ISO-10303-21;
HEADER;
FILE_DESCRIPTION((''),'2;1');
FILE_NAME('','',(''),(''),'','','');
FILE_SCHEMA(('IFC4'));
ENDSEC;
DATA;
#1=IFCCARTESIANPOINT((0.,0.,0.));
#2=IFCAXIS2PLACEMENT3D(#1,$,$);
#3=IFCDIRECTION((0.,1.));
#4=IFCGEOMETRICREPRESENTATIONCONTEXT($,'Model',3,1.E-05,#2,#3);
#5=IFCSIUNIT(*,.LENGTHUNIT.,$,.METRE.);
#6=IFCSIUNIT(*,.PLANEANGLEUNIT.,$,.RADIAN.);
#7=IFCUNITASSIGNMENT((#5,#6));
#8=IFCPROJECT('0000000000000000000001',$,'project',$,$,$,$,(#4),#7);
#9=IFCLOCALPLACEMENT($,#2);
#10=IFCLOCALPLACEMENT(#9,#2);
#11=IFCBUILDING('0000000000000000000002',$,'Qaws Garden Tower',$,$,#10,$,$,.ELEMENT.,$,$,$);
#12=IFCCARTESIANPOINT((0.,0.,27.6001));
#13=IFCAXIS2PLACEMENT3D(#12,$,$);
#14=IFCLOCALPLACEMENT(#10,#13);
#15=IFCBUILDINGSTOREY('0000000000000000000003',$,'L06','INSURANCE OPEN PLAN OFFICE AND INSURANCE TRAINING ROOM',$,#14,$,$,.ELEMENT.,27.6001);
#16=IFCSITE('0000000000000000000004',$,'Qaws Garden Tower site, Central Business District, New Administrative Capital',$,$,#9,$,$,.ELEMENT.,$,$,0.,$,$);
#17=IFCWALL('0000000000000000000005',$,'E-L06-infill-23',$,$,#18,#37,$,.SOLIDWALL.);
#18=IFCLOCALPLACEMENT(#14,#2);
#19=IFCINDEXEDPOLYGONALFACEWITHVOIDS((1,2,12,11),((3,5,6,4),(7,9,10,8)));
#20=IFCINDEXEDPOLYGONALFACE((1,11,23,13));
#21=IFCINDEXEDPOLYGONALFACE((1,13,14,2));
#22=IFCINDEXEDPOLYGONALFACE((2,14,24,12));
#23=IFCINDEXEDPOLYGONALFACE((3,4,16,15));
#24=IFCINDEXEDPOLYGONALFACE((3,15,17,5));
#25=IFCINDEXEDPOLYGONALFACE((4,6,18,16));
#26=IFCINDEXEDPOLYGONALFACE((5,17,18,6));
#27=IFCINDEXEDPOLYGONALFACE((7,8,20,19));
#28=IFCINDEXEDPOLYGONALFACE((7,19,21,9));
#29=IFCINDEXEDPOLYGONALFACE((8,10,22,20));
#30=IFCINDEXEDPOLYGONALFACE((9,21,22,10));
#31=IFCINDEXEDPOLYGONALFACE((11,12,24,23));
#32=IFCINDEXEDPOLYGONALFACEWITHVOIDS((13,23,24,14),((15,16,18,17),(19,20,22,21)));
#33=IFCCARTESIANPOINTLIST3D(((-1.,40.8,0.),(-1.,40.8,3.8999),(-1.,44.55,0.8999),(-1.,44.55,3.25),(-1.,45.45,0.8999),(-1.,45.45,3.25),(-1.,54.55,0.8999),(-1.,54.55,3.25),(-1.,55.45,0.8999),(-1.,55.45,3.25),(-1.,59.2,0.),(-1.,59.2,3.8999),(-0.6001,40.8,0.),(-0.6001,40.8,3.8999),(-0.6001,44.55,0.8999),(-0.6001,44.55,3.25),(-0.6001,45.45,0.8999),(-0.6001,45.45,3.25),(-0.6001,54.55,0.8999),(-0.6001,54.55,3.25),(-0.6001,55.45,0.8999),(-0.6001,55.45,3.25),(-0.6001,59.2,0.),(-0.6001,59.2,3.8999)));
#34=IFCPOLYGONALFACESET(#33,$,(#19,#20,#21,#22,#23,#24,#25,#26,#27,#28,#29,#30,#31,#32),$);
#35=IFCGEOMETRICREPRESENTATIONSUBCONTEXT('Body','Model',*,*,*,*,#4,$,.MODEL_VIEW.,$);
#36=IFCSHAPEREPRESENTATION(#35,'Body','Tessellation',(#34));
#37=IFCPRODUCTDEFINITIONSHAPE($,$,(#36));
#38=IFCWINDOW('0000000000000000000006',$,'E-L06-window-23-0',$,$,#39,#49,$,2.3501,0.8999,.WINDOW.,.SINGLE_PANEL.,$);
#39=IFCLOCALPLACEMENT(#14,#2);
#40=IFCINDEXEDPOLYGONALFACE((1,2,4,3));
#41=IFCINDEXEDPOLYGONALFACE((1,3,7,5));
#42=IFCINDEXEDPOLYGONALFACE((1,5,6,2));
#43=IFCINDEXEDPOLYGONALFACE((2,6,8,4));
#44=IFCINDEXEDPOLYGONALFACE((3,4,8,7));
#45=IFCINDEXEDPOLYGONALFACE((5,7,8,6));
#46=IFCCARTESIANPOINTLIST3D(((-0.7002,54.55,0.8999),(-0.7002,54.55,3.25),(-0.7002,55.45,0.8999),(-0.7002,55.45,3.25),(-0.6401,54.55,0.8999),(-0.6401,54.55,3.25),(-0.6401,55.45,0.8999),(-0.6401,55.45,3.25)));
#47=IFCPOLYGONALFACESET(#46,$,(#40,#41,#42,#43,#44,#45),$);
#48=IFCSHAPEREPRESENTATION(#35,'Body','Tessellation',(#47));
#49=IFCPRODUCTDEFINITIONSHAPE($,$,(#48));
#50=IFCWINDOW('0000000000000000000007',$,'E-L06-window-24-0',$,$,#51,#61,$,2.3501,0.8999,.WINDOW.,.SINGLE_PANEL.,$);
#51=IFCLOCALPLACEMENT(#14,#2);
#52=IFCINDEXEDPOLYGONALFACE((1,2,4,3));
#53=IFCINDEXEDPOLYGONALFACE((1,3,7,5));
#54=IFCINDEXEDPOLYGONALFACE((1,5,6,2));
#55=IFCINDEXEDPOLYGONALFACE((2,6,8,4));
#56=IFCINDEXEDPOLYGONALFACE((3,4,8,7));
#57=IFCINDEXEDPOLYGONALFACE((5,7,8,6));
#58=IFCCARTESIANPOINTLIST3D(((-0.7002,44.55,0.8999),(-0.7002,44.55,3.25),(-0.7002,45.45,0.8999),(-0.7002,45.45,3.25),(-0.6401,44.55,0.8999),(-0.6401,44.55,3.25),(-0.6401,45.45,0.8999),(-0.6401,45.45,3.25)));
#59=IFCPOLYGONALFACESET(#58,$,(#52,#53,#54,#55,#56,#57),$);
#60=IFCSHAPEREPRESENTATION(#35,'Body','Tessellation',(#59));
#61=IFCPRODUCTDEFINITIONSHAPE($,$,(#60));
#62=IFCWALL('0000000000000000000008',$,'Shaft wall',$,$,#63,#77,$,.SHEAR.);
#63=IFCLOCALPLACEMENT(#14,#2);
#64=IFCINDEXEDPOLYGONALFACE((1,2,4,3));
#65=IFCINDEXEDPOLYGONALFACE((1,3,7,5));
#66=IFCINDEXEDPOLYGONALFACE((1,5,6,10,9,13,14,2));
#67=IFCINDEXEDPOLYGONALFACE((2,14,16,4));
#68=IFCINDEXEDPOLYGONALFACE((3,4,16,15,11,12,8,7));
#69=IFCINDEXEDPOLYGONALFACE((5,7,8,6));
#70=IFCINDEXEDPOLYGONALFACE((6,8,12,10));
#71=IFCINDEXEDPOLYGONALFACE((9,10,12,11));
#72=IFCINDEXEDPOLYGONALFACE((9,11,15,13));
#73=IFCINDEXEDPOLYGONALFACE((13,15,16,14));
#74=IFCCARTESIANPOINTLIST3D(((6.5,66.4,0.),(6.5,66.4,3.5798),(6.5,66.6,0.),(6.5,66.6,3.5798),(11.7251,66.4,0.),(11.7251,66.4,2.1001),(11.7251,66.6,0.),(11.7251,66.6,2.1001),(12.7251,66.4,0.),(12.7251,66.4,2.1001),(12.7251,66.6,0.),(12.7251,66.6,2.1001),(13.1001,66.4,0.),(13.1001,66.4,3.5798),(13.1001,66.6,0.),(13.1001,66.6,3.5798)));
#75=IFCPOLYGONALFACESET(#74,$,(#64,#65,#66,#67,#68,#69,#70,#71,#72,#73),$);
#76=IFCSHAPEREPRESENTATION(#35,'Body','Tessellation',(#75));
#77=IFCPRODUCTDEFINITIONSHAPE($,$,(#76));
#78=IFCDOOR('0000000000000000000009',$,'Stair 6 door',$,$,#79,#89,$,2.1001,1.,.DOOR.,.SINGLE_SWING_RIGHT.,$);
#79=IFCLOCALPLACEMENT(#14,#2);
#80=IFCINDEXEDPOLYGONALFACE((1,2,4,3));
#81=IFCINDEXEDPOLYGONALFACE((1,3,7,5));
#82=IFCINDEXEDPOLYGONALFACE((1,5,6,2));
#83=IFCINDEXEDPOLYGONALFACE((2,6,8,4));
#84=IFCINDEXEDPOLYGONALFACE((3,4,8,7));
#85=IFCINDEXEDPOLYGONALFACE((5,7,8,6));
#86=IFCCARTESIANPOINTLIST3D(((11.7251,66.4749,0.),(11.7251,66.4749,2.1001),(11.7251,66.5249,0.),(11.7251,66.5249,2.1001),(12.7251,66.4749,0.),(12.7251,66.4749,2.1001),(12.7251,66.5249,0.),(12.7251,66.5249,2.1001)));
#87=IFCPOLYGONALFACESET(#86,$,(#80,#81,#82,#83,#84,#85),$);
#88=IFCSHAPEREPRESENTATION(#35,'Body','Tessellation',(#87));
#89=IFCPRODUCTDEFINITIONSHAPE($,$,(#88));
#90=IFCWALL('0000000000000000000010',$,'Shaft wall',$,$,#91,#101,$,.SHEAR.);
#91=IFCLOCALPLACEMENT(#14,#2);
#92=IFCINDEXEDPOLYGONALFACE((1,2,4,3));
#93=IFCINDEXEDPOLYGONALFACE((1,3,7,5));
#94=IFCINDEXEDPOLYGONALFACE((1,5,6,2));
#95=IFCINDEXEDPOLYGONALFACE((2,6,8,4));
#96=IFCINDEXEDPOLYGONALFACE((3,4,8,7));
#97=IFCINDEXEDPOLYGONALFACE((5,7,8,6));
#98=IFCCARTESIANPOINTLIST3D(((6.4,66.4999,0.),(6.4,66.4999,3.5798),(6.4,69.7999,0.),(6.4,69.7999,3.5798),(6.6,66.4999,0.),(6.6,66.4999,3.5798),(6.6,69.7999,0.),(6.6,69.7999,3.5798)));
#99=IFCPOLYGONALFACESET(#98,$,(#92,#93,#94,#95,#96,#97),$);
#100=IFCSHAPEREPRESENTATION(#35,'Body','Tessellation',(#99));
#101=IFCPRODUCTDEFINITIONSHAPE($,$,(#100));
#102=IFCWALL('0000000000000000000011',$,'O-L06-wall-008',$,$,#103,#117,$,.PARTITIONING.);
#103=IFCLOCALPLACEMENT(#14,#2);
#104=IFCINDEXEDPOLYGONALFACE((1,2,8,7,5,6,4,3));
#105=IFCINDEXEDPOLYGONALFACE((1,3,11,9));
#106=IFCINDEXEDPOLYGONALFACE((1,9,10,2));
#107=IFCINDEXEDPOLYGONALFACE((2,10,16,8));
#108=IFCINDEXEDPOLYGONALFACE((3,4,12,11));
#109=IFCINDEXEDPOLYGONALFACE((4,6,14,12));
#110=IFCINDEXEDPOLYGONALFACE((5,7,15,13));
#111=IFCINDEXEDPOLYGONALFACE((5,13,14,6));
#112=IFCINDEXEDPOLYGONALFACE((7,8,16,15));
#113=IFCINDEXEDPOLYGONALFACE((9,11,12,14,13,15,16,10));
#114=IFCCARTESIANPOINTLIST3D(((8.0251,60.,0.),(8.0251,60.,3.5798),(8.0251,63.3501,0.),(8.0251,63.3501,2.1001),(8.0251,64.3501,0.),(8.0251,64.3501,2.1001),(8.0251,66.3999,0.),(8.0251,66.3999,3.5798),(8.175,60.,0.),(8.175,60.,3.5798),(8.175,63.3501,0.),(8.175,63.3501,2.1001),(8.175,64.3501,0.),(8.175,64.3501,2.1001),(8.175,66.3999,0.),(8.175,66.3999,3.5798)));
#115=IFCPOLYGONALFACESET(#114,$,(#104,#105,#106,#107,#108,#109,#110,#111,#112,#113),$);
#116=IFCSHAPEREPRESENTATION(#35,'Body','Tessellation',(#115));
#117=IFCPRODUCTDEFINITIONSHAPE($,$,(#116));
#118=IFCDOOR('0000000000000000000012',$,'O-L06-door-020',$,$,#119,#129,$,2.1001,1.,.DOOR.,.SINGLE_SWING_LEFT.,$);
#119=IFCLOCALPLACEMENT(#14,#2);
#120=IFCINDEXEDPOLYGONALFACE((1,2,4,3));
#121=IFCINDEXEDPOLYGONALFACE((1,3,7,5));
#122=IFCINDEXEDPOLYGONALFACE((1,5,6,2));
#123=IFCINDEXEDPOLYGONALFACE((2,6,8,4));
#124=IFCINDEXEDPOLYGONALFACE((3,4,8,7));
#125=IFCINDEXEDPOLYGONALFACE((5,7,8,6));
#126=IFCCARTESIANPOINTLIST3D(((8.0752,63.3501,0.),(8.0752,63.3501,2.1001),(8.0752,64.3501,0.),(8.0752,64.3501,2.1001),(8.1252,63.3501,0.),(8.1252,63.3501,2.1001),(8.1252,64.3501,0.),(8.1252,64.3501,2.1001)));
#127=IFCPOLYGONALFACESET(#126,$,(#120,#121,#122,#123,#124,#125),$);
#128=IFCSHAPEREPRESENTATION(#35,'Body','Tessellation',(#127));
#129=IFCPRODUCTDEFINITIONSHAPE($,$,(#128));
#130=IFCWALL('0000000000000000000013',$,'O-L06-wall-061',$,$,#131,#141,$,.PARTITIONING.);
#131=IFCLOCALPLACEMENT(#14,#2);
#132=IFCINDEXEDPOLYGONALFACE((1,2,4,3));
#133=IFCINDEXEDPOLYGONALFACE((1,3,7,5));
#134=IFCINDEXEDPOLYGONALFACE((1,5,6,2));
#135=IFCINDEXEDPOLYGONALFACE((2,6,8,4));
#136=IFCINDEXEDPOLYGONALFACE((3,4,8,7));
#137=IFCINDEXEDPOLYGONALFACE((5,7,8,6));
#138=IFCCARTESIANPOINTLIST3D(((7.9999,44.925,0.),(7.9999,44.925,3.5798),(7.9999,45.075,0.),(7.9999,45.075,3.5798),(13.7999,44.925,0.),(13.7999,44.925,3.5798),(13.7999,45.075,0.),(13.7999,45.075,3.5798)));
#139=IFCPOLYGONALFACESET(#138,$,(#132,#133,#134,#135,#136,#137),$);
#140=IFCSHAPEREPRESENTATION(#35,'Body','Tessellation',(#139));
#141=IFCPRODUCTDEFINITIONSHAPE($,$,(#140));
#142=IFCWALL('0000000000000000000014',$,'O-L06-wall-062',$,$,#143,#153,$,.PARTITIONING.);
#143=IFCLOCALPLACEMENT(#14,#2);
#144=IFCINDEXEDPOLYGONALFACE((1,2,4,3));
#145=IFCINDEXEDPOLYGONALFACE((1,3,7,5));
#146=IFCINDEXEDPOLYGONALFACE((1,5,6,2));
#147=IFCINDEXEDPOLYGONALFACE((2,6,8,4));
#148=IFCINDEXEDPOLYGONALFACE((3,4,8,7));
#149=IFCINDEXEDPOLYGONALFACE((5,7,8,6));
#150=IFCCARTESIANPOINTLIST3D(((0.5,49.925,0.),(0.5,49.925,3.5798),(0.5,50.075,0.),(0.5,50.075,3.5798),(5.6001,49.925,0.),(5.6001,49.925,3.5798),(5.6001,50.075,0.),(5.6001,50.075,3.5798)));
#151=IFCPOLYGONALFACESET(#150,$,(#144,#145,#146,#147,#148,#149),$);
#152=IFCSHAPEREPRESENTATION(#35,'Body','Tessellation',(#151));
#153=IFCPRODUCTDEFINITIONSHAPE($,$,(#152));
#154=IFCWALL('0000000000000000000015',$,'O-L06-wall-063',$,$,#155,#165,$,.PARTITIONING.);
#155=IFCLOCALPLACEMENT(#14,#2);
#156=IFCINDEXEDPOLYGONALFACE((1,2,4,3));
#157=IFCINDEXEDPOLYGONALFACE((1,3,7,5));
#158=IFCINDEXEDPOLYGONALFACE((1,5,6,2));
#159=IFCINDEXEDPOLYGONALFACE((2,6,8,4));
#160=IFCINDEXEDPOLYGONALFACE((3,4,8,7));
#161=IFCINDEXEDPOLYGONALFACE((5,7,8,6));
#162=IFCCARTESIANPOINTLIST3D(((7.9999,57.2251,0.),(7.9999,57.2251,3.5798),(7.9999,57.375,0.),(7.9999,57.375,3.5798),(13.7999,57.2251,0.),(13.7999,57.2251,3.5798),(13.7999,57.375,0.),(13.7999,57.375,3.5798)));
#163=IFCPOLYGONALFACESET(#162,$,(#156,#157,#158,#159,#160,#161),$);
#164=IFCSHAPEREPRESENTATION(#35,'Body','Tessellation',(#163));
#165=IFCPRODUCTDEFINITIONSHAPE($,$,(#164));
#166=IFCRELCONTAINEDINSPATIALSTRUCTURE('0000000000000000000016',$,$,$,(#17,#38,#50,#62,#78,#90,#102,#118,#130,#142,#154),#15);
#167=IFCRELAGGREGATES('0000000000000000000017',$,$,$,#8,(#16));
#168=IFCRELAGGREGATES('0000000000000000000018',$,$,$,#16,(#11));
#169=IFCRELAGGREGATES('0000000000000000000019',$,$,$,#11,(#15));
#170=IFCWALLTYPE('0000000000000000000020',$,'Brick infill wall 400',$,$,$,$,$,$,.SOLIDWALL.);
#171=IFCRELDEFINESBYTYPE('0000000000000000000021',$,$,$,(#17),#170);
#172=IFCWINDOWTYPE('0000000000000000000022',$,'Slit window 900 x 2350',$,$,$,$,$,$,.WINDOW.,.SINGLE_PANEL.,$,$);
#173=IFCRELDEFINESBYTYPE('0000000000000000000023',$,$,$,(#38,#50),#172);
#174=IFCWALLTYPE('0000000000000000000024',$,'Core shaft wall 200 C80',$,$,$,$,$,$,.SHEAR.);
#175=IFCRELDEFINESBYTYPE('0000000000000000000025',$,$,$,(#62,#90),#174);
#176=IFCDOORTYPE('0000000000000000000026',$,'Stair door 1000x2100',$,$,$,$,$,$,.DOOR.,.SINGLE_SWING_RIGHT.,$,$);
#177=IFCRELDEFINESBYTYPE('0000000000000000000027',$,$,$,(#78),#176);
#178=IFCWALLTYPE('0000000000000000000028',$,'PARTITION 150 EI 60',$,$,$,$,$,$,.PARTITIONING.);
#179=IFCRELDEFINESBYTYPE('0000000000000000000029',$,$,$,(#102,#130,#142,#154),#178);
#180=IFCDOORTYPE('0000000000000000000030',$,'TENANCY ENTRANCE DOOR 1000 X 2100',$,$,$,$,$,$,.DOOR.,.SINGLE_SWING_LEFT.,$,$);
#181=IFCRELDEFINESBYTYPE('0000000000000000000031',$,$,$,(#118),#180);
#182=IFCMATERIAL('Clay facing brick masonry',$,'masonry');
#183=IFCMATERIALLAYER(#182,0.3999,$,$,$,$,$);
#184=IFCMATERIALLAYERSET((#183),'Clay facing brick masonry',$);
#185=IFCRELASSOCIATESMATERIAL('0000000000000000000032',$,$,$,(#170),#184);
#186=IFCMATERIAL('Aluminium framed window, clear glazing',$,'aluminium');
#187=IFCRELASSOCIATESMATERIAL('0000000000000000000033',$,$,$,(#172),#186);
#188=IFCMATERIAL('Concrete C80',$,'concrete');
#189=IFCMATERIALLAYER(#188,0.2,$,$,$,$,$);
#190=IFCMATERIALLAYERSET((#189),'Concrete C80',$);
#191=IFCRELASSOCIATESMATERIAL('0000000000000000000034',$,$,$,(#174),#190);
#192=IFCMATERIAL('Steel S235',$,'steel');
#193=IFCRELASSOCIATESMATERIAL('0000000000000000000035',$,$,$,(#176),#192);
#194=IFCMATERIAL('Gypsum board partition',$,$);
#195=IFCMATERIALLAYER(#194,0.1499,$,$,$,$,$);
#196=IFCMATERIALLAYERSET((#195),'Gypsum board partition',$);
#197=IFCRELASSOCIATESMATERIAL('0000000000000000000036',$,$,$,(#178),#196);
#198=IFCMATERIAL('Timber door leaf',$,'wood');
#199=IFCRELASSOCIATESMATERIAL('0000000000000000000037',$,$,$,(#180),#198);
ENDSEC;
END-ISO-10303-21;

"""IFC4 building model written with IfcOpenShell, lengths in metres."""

from ifc_helpers import new_model, si_unit, direction, frame, frame_2d, origin, place, context, subcontext, project, spatial, rectangle, extrude, material, layer, layer_set, type_object, element, fill, save


model = new_model("IFC4")

# Units and contexts
model_context = context("Model", 3, precision=1e-05, world=origin(), true_north=direction((0.0, 1.0)))
body_context = subcontext(model_context, "Body", "Model", "MODEL_VIEW")
ifc_project = project(units=[si_unit("LENGTHUNIT", "METRE"), si_unit("PLANEANGLEUNIT", "RADIAN")], contexts=[model_context])

# Site, building, storey
site_placement = place(None, origin())
site = spatial("IfcSite", under=ifc_project, at=site_placement, Name="Qaws Garden Tower site, Central Business District, New Administrative Capital", CompositionType="ELEMENT", RefElevation=0.0)
building_placement = place(site_placement, origin())
building = spatial("IfcBuilding", under=site, at=building_placement, Name="Qaws Garden Tower", CompositionType="ELEMENT")
storey_placement = place(building_placement, frame((0.0, 0.0, 27.6001)))
storey = spatial("IfcBuildingStorey", under=building, at=storey_placement, Name="L06", Description="INSURANCE OPEN PLAN OFFICE AND INSURANCE TRAINING ROOM", CompositionType="ELEMENT", Elevation=27.6001)

# Shared definitions
ifc_material_1 = material(Name="Clay facing brick masonry", Category="masonry")
ifc_layer_1 = layer(ifc_material_1, 0.3999)
ifc_layer_set_1 = layer_set([ifc_layer_1], Name="Clay facing brick masonry")
wall_type_1 = type_object("IfcWallType", Name="Brick infill wall 400", PredefinedType="SOLIDWALL", material=ifc_layer_set_1)

# Wall, openings, windows
wall_1_placement = place(storey_placement, frame((-0.8, 59.2, 0.0), z_axis=(0.0, 0.0, 1.0), x_axis=(0.0, -1.0, 0.0)))
wall_1 = element("IfcWall", 1, at=wall_1_placement, inside=storey, type_object=wall_type_1, Name="E-L06-infill-23", PredefinedType="SOLIDWALL", context=body_context, shape_type="SweptSolid", body=[
    extrude(rectangle(XDim=18.3999, YDim=0.3999, at=frame_2d((9.2, 0.0))), origin(), (0.0, 0.0, 1.0), 3.8999),
])
opening_1_placement = place(wall_1_placement, frame((3.75, 0.0, 0.8999)))
opening_1 = element("IfcOpeningElement", 2, at=opening_1_placement, cuts=wall_1, PredefinedType="OPENING", context=body_context, shape_type="SweptSolid", body=[
    extrude(rectangle(XDim=0.8999, YDim=2.3501, at=frame_2d((0.45, 1.175))), frame((0.0, 0.21, 0.0), z_axis=(0.0, -1.0, 0.0), x_axis=(1.0, 0.0, 0.0)), (0.0, 0.0, 1.0), 0.4199),
])
opening_2_placement = place(wall_1_placement, frame((13.75, 0.0, 0.8999)))
opening_2 = element("IfcOpeningElement", 3, at=opening_2_placement, cuts=wall_1, PredefinedType="OPENING", context=body_context, shape_type="SweptSolid", body=[
    extrude(rectangle(XDim=0.8999, YDim=2.3501, at=frame_2d((0.45, 1.175))), frame((0.0, 0.21, 0.0), z_axis=(0.0, -1.0, 0.0), x_axis=(1.0, 0.0, 0.0)), (0.0, 0.0, 1.0), 0.4199),
])
ifc_material_2 = material(Name="Aluminium framed window, clear glazing", Category="aluminium")
window_type_1 = type_object("IfcWindowType", Name="Slit window 900 x 2350", PartitioningType="SINGLE_PANEL", PredefinedType="WINDOW", material=ifc_material_2)
window_1_placement = place(opening_1_placement, origin())
window_1 = element("IfcWindow", 4, at=window_1_placement, inside=storey, type_object=window_type_1, Name="E-L06-window-23-0", OverallHeight=2.3501, OverallWidth=0.8999, PartitioningType="SINGLE_PANEL", PredefinedType="WINDOW", context=body_context, shape_type="SweptSolid", body=[
    extrude(rectangle(XDim=0.8999, YDim=2.3501, at=frame_2d((0.45, 1.175))), frame((0.0, 0.1599, 0.0), z_axis=(0.0, -1.0, 0.0), x_axis=(1.0, 0.0, 0.0)), (0.0, 0.0, 1.0), 0.0601),
])
fill(opening_1, window_1)
window_2_placement = place(opening_2_placement, origin())
window_2 = element("IfcWindow", 5, at=window_2_placement, inside=storey, type_object=window_type_1, Name="E-L06-window-24-0", OverallHeight=2.3501, OverallWidth=0.8999, PartitioningType="SINGLE_PANEL", PredefinedType="WINDOW", context=body_context, shape_type="SweptSolid", body=[
    extrude(rectangle(XDim=0.8999, YDim=2.3501, at=frame_2d((0.45, 1.175))), frame((0.0, 0.1599, 0.0), z_axis=(0.0, -1.0, 0.0), x_axis=(1.0, 0.0, 0.0)), (0.0, 0.0, 1.0), 0.0601),
])
fill(opening_2, window_2)

# Wall, opening, door
ifc_material_3 = material(Name="Concrete C80", Category="concrete")
ifc_layer_2 = layer(ifc_material_3, 0.2)
ifc_layer_set_2 = layer_set([ifc_layer_2], Name="Concrete C80")
wall_type_2 = type_object("IfcWallType", Name="Core shaft wall 200 C80", PredefinedType="SHEAR", material=ifc_layer_set_2)
wall_2_placement = place(storey_placement, frame((6.5, 66.5, 0.0), z_axis=(0.0, 0.0, 1.0), x_axis=(1.0, 0.0, 0.0)))
wall_2 = element("IfcWall", 6, at=wall_2_placement, inside=storey, type_object=wall_type_2, Name="Shaft wall", PredefinedType="SHEAR", context=body_context, shape_type="SweptSolid", body=[
    extrude(rectangle(XDim=6.6001, YDim=0.2, at=frame_2d((3.3, 0.0))), origin(), (0.0, 0.0, 1.0), 3.5798),
])
opening_3_placement = place(wall_2_placement, frame((5.2251, 0.0, 0.0)))
opening_3 = element("IfcOpeningElement", 7, at=opening_3_placement, cuts=wall_2, PredefinedType="OPENING", context=body_context, shape_type="SweptSolid", body=[
    extrude(rectangle(XDim=1.0, YDim=2.1001, at=frame_2d((0.5, 1.05))), frame((0.0, 0.1099, 0.0), z_axis=(0.0, -1.0, 0.0), x_axis=(1.0, 0.0, 0.0)), (0.0, 0.0, 1.0), 0.22),
])
ifc_material_4 = material(Name="Steel S235", Category="steel")
door_type_1 = type_object("IfcDoorType", Name="Stair door 1000x2100", OperationType="SINGLE_SWING_RIGHT", PredefinedType="DOOR", material=ifc_material_4)
door_1_placement = place(opening_3_placement, origin())
door_1 = element("IfcDoor", 8, at=door_1_placement, inside=storey, type_object=door_type_1, Name="Stair 6 door", OperationType="SINGLE_SWING_RIGHT", OverallHeight=2.1001, OverallWidth=1.0, PredefinedType="DOOR", context=body_context, shape_type="SweptSolid", body=[
    extrude(rectangle(XDim=1.0, YDim=2.1001, at=frame_2d((0.5, 1.05))), frame((0.0, 0.0249, 0.0), z_axis=(0.0, -1.0, 0.0), x_axis=(1.0, 0.0, 0.0)), (0.0, 0.0, 1.0), 0.05),
])
fill(opening_3, door_1)

# Wall
wall_3_placement = place(storey_placement, frame((6.5, 66.5, 0.0), z_axis=(0.0, 0.0, 1.0), x_axis=(0.0, 1.0, 0.0)))
element("IfcWall", 9, at=wall_3_placement, inside=storey, type_object=wall_type_2, Name="Shaft wall", PredefinedType="SHEAR", context=body_context, shape_type="SweptSolid", body=[
    extrude(rectangle(XDim=3.3, YDim=0.2, at=frame_2d((1.6499, 0.0))), origin(), (0.0, 0.0, 1.0), 3.5798),
])

# Wall, opening, door
ifc_material_5 = material(Name="Gypsum board partition")
ifc_layer_3 = layer(ifc_material_5, 0.1499)
ifc_layer_set_3 = layer_set([ifc_layer_3], Name="Gypsum board partition")
wall_type_3 = type_object("IfcWallType", Name="PARTITION 150 EI 60", PredefinedType="PARTITIONING", material=ifc_layer_set_3)
wall_4_placement = place(storey_placement, frame((8.1001, 60.0, 0.0), z_axis=(0.0, 0.0, 1.0), x_axis=(0.0, 1.0, 0.0)))
wall_4 = element("IfcWall", 10, at=wall_4_placement, inside=storey, type_object=wall_type_3, Name="O-L06-wall-008", PredefinedType="PARTITIONING", context=body_context, shape_type="SweptSolid", body=[
    extrude(rectangle(XDim=6.3999, YDim=0.1499, at=frame_2d((3.2, 0.0))), origin(), (0.0, 0.0, 1.0), 3.5798),
])
opening_4_placement = place(wall_4_placement, frame((3.3501, 0.0, 0.0)))
opening_4 = element("IfcOpeningElement", 11, at=opening_4_placement, cuts=wall_4, PredefinedType="OPENING", context=body_context, shape_type="SweptSolid", body=[
    extrude(rectangle(XDim=1.0, YDim=2.1001, at=frame_2d((0.5, 1.05))), frame((0.0, 0.085, 0.0), z_axis=(0.0, -1.0, 0.0), x_axis=(1.0, 0.0, 0.0)), (0.0, 0.0, 1.0), 0.1699),
])
ifc_material_6 = material(Name="Timber door leaf", Category="wood")
door_type_2 = type_object("IfcDoorType", Name="TENANCY ENTRANCE DOOR 1000 X 2100", OperationType="SINGLE_SWING_LEFT", PredefinedType="DOOR", material=ifc_material_6)
door_2_placement = place(opening_4_placement, origin())
door_2 = element("IfcDoor", 12, at=door_2_placement, inside=storey, type_object=door_type_2, Name="O-L06-door-020", OperationType="SINGLE_SWING_LEFT", OverallHeight=2.1001, OverallWidth=1.0, PredefinedType="DOOR", context=body_context, shape_type="SweptSolid", body=[
    extrude(rectangle(XDim=1.0, YDim=2.1001, at=frame_2d((0.5, 1.05))), frame((0.0, 0.0249, 0.0), z_axis=(0.0, -1.0, 0.0), x_axis=(1.0, 0.0, 0.0)), (0.0, 0.0, 1.0), 0.05),
])
fill(opening_4, door_2)

# Walls
wall_5_placement = place(storey_placement, frame((8.0, 45.0, 0.0), z_axis=(0.0, 0.0, 1.0), x_axis=(1.0, 0.0, 0.0)))
element("IfcWall", 13, at=wall_5_placement, inside=storey, type_object=wall_type_3, Name="O-L06-wall-061", PredefinedType="PARTITIONING", context=body_context, shape_type="SweptSolid", body=[
    extrude(rectangle(XDim=5.8, YDim=0.1499, at=frame_2d((2.8999, 0.0))), origin(), (0.0, 0.0, 1.0), 3.5798),
])
wall_6_placement = place(storey_placement, frame((0.5, 50.0, 0.0), z_axis=(0.0, 0.0, 1.0), x_axis=(1.0, 0.0, 0.0)))
element("IfcWall", 14, at=wall_6_placement, inside=storey, type_object=wall_type_3, Name="O-L06-wall-062", PredefinedType="PARTITIONING", context=body_context, shape_type="SweptSolid", body=[
    extrude(rectangle(XDim=5.1001, YDim=0.1499, at=frame_2d((2.55, 0.0))), origin(), (0.0, 0.0, 1.0), 3.5798),
])
wall_7_placement = place(storey_placement, frame((8.0, 57.3, 0.0), z_axis=(0.0, 0.0, 1.0), x_axis=(1.0, 0.0, 0.0)))
element("IfcWall", 15, at=wall_7_placement, inside=storey, type_object=wall_type_3, Name="O-L06-wall-063", PredefinedType="PARTITIONING", context=body_context, shape_type="SweptSolid", body=[
    extrude(rectangle(XDim=5.8, YDim=0.1499, at=frame_2d((2.8999, 0.0))), origin(), (0.0, 0.0, 1.0), 3.5798),
])

save(model, "model.ifc")
